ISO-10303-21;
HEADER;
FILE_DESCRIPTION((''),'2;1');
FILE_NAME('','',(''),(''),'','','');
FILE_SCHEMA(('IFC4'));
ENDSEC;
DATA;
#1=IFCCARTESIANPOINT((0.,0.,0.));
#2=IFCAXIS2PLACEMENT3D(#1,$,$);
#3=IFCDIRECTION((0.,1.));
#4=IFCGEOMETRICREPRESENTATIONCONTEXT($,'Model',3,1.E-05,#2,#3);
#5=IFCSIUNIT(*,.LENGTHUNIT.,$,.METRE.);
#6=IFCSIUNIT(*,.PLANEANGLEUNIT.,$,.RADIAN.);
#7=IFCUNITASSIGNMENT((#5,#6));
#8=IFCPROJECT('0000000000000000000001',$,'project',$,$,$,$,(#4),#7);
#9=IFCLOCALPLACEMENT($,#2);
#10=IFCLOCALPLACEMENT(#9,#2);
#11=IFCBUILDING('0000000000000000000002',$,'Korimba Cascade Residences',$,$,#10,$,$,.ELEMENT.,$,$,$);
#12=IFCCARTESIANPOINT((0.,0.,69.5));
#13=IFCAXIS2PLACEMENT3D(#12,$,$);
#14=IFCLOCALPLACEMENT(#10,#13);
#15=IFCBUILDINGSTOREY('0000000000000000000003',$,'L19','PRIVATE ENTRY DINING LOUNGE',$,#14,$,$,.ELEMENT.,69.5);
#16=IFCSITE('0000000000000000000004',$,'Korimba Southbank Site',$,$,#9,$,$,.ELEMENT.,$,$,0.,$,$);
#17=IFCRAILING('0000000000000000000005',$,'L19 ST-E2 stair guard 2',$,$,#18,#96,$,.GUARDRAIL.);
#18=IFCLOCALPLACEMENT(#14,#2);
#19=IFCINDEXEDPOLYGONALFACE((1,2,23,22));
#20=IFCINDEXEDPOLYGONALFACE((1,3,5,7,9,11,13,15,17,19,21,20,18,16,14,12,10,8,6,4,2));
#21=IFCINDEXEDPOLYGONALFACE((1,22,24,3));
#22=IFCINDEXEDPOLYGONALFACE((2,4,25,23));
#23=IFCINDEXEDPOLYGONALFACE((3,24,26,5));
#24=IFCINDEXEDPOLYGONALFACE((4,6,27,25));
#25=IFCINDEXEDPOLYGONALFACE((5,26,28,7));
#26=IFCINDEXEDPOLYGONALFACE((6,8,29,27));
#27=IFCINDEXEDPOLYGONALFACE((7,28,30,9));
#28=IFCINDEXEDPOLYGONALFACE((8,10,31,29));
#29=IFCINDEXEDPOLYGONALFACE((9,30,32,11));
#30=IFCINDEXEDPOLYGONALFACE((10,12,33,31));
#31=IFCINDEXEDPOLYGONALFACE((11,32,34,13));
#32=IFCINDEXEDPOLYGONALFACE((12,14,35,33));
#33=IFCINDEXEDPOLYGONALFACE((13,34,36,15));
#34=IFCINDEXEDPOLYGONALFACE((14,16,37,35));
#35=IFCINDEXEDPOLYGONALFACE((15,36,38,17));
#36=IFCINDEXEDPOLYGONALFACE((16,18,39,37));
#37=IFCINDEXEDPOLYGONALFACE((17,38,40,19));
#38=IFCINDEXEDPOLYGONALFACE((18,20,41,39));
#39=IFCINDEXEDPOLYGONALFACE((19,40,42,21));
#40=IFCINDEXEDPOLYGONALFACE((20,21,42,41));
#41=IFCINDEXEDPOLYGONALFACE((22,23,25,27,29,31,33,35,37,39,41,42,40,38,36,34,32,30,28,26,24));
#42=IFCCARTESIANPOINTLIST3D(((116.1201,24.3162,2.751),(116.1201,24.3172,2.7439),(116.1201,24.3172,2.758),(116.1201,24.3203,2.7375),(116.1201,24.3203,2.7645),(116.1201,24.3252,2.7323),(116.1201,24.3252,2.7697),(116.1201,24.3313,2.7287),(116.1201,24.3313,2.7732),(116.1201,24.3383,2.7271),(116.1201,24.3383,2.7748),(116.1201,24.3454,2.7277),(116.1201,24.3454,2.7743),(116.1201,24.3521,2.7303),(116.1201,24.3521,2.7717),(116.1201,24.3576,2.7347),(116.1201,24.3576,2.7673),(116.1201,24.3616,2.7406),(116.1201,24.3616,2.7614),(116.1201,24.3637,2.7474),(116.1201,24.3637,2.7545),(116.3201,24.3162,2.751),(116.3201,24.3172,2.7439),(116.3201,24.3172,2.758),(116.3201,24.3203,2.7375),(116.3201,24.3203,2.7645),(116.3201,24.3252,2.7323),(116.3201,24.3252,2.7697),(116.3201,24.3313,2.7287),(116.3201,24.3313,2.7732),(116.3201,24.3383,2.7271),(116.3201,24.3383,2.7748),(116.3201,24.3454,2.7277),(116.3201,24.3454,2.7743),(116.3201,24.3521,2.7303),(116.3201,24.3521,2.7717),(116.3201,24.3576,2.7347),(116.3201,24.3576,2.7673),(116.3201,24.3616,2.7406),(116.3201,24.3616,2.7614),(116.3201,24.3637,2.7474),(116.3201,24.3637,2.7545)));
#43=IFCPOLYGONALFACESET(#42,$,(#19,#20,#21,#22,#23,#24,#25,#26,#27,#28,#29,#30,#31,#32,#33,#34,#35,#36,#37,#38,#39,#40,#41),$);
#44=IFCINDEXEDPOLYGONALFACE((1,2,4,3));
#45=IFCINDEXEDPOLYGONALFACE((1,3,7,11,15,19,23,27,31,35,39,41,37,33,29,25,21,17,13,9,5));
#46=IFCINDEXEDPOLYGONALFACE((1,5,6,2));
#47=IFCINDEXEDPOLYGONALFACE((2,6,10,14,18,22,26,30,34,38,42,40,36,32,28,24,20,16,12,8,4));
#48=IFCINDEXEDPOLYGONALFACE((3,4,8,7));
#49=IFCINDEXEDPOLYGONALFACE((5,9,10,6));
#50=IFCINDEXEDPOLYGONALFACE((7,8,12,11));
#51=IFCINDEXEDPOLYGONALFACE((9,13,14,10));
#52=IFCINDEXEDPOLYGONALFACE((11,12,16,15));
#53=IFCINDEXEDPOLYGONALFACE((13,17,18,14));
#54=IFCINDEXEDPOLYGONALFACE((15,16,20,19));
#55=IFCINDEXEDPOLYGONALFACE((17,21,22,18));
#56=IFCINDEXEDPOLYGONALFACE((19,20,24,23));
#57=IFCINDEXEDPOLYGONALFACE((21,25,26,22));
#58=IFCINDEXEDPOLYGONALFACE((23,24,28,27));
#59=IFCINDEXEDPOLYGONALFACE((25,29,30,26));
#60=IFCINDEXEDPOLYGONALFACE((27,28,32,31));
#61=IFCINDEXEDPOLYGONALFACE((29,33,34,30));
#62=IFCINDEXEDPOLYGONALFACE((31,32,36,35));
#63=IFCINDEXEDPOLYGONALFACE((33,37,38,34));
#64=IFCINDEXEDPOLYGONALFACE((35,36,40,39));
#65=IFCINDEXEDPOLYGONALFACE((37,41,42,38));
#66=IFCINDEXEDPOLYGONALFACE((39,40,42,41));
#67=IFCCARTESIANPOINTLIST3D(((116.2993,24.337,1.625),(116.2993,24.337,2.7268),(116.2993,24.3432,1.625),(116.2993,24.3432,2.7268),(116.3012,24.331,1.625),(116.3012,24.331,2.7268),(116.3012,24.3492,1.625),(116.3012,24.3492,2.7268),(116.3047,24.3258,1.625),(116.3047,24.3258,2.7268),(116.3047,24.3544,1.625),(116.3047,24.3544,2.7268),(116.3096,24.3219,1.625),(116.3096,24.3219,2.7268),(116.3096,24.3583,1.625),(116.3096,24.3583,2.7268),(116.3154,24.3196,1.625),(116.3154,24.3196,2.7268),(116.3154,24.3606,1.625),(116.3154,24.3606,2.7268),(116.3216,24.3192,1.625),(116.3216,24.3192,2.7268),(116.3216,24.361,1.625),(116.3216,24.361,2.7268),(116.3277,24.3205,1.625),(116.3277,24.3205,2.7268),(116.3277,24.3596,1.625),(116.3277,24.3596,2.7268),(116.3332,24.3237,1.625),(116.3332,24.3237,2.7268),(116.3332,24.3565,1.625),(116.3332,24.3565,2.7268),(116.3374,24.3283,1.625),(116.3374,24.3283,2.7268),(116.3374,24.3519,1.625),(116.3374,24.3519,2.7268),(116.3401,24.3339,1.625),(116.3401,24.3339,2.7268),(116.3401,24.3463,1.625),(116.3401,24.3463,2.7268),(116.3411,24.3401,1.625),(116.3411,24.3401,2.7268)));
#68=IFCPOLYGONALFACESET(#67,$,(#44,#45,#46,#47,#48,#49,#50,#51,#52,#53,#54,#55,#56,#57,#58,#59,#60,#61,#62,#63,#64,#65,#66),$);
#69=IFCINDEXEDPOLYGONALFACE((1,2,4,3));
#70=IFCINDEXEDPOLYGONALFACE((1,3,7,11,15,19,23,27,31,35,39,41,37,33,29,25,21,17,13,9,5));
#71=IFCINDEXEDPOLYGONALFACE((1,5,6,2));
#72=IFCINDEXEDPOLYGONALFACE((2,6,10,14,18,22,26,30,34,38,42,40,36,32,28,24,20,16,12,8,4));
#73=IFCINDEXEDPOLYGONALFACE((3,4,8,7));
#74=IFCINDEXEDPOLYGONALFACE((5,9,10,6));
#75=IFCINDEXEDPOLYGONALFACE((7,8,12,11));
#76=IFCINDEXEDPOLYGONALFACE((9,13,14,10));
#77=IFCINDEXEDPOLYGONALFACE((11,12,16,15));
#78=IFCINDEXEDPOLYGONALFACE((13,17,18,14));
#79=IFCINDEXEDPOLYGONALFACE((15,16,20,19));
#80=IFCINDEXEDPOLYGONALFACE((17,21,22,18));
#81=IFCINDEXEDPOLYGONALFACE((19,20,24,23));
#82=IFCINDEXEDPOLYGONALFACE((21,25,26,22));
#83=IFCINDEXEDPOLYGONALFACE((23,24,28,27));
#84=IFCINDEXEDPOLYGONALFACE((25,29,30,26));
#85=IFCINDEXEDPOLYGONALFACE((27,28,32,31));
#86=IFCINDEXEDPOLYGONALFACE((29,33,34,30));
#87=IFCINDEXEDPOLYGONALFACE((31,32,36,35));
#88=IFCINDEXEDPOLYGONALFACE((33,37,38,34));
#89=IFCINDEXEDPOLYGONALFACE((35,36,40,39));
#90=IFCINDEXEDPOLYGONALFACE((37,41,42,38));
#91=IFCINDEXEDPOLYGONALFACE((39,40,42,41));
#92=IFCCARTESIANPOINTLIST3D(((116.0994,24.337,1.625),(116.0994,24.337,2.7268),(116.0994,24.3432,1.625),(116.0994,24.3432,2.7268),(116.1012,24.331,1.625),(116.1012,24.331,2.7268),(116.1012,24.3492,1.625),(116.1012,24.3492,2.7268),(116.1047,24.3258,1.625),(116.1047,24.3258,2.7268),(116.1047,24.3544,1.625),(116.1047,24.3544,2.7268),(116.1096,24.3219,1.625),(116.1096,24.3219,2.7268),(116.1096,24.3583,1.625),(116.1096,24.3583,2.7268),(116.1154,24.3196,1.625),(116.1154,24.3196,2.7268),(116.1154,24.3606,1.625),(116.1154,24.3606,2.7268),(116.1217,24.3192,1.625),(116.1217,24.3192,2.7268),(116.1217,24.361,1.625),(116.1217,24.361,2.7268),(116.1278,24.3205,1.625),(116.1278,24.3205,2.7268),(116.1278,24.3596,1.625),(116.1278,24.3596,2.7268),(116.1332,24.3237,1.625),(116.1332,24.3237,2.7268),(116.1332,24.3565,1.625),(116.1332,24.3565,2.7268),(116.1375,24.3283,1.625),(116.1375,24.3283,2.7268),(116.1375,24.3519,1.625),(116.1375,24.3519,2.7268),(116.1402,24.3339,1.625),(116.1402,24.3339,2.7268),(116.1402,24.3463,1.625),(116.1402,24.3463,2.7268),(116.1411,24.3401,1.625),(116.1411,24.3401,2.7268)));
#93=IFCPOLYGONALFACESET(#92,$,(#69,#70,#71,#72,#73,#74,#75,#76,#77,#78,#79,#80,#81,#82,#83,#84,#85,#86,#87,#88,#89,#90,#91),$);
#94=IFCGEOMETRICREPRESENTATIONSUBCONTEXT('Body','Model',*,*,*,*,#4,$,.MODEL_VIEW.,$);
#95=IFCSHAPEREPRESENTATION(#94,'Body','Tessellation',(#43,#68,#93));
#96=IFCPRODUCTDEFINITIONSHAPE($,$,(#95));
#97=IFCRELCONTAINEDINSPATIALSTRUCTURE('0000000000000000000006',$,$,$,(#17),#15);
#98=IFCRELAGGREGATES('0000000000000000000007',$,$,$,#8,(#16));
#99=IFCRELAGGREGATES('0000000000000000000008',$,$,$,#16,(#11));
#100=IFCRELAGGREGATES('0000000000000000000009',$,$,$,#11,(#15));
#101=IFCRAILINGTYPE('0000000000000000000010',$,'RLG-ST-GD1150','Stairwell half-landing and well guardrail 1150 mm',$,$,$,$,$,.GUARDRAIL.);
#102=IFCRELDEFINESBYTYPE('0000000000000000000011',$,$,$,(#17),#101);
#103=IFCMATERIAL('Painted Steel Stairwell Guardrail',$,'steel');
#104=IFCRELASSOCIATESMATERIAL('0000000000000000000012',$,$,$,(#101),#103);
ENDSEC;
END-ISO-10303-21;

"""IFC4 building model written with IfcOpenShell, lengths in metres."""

from ifc_helpers import new_model, si_unit, direction, frame, origin, origin_2d, place, context, subcontext, project, spatial, circle, extrude, material, type_object, element, save


model = new_model("IFC4")

# Units and contexts
model_context = context("Model", 3, precision=1e-05, world=origin(), true_north=direction((0.0, 1.0)))
body_context = subcontext(model_context, "Body", "Model", "MODEL_VIEW")
ifc_project = project(units=[si_unit("LENGTHUNIT", "METRE"), si_unit("PLANEANGLEUNIT", "RADIAN")], contexts=[model_context])

# Site, building, storey
site_placement = place(None, origin())
site = spatial("IfcSite", under=ifc_project, at=site_placement, Name="Korimba Southbank Site", CompositionType="ELEMENT", RefElevation=0.0)
building_placement = place(site_placement, origin())
building = spatial("IfcBuilding", under=site, at=building_placement, Name="Korimba Cascade Residences", CompositionType="ELEMENT")
storey_placement = place(building_placement, frame((0.0, 0.0, 69.5)))
storey = spatial("IfcBuildingStorey", under=building, at=storey_placement, Name="L19", Description="PRIVATE ENTRY DINING LOUNGE", CompositionType="ELEMENT", Elevation=69.5)

# Railing
ifc_material_1 = material(Name="Painted Steel Stairwell Guardrail", Category="steel")
railing_type_1 = type_object("IfcRailingType", Name="RLG-ST-GD1150", Description="Stairwell half-landing and well guardrail 1150 mm", PredefinedType="GUARDRAIL", material=ifc_material_1)
railing_1_placement = place(storey_placement, frame((116.3201, 24.3401, 1.625)))
element("IfcRailing", 1, at=railing_1_placement, inside=storey, type_object=railing_type_1, Name="L19 ST-E2 stair guard 2", PredefinedType="GUARDRAIL", context=body_context, shape_type="SweptSolid", body=[
    extrude(circle(Radius=0.0239, at=origin_2d()), frame((0.0, 0.0, 1.126), z_axis=(-1.0, 0.0, 0.0), x_axis=(0.0, -1.0, 0.0)), (0.0, 0.0, 1.0), 0.2),
    extrude(circle(Radius=0.021, at=origin_2d()), origin(), (0.0, 0.0, 1.0), 1.1018),
    extrude(circle(Radius=0.021, at=origin_2d()), frame((-0.2, 0.0, 0.0)), (0.0, 0.0, 1.0), 1.1018),
])

save(model, "model.ifc")
